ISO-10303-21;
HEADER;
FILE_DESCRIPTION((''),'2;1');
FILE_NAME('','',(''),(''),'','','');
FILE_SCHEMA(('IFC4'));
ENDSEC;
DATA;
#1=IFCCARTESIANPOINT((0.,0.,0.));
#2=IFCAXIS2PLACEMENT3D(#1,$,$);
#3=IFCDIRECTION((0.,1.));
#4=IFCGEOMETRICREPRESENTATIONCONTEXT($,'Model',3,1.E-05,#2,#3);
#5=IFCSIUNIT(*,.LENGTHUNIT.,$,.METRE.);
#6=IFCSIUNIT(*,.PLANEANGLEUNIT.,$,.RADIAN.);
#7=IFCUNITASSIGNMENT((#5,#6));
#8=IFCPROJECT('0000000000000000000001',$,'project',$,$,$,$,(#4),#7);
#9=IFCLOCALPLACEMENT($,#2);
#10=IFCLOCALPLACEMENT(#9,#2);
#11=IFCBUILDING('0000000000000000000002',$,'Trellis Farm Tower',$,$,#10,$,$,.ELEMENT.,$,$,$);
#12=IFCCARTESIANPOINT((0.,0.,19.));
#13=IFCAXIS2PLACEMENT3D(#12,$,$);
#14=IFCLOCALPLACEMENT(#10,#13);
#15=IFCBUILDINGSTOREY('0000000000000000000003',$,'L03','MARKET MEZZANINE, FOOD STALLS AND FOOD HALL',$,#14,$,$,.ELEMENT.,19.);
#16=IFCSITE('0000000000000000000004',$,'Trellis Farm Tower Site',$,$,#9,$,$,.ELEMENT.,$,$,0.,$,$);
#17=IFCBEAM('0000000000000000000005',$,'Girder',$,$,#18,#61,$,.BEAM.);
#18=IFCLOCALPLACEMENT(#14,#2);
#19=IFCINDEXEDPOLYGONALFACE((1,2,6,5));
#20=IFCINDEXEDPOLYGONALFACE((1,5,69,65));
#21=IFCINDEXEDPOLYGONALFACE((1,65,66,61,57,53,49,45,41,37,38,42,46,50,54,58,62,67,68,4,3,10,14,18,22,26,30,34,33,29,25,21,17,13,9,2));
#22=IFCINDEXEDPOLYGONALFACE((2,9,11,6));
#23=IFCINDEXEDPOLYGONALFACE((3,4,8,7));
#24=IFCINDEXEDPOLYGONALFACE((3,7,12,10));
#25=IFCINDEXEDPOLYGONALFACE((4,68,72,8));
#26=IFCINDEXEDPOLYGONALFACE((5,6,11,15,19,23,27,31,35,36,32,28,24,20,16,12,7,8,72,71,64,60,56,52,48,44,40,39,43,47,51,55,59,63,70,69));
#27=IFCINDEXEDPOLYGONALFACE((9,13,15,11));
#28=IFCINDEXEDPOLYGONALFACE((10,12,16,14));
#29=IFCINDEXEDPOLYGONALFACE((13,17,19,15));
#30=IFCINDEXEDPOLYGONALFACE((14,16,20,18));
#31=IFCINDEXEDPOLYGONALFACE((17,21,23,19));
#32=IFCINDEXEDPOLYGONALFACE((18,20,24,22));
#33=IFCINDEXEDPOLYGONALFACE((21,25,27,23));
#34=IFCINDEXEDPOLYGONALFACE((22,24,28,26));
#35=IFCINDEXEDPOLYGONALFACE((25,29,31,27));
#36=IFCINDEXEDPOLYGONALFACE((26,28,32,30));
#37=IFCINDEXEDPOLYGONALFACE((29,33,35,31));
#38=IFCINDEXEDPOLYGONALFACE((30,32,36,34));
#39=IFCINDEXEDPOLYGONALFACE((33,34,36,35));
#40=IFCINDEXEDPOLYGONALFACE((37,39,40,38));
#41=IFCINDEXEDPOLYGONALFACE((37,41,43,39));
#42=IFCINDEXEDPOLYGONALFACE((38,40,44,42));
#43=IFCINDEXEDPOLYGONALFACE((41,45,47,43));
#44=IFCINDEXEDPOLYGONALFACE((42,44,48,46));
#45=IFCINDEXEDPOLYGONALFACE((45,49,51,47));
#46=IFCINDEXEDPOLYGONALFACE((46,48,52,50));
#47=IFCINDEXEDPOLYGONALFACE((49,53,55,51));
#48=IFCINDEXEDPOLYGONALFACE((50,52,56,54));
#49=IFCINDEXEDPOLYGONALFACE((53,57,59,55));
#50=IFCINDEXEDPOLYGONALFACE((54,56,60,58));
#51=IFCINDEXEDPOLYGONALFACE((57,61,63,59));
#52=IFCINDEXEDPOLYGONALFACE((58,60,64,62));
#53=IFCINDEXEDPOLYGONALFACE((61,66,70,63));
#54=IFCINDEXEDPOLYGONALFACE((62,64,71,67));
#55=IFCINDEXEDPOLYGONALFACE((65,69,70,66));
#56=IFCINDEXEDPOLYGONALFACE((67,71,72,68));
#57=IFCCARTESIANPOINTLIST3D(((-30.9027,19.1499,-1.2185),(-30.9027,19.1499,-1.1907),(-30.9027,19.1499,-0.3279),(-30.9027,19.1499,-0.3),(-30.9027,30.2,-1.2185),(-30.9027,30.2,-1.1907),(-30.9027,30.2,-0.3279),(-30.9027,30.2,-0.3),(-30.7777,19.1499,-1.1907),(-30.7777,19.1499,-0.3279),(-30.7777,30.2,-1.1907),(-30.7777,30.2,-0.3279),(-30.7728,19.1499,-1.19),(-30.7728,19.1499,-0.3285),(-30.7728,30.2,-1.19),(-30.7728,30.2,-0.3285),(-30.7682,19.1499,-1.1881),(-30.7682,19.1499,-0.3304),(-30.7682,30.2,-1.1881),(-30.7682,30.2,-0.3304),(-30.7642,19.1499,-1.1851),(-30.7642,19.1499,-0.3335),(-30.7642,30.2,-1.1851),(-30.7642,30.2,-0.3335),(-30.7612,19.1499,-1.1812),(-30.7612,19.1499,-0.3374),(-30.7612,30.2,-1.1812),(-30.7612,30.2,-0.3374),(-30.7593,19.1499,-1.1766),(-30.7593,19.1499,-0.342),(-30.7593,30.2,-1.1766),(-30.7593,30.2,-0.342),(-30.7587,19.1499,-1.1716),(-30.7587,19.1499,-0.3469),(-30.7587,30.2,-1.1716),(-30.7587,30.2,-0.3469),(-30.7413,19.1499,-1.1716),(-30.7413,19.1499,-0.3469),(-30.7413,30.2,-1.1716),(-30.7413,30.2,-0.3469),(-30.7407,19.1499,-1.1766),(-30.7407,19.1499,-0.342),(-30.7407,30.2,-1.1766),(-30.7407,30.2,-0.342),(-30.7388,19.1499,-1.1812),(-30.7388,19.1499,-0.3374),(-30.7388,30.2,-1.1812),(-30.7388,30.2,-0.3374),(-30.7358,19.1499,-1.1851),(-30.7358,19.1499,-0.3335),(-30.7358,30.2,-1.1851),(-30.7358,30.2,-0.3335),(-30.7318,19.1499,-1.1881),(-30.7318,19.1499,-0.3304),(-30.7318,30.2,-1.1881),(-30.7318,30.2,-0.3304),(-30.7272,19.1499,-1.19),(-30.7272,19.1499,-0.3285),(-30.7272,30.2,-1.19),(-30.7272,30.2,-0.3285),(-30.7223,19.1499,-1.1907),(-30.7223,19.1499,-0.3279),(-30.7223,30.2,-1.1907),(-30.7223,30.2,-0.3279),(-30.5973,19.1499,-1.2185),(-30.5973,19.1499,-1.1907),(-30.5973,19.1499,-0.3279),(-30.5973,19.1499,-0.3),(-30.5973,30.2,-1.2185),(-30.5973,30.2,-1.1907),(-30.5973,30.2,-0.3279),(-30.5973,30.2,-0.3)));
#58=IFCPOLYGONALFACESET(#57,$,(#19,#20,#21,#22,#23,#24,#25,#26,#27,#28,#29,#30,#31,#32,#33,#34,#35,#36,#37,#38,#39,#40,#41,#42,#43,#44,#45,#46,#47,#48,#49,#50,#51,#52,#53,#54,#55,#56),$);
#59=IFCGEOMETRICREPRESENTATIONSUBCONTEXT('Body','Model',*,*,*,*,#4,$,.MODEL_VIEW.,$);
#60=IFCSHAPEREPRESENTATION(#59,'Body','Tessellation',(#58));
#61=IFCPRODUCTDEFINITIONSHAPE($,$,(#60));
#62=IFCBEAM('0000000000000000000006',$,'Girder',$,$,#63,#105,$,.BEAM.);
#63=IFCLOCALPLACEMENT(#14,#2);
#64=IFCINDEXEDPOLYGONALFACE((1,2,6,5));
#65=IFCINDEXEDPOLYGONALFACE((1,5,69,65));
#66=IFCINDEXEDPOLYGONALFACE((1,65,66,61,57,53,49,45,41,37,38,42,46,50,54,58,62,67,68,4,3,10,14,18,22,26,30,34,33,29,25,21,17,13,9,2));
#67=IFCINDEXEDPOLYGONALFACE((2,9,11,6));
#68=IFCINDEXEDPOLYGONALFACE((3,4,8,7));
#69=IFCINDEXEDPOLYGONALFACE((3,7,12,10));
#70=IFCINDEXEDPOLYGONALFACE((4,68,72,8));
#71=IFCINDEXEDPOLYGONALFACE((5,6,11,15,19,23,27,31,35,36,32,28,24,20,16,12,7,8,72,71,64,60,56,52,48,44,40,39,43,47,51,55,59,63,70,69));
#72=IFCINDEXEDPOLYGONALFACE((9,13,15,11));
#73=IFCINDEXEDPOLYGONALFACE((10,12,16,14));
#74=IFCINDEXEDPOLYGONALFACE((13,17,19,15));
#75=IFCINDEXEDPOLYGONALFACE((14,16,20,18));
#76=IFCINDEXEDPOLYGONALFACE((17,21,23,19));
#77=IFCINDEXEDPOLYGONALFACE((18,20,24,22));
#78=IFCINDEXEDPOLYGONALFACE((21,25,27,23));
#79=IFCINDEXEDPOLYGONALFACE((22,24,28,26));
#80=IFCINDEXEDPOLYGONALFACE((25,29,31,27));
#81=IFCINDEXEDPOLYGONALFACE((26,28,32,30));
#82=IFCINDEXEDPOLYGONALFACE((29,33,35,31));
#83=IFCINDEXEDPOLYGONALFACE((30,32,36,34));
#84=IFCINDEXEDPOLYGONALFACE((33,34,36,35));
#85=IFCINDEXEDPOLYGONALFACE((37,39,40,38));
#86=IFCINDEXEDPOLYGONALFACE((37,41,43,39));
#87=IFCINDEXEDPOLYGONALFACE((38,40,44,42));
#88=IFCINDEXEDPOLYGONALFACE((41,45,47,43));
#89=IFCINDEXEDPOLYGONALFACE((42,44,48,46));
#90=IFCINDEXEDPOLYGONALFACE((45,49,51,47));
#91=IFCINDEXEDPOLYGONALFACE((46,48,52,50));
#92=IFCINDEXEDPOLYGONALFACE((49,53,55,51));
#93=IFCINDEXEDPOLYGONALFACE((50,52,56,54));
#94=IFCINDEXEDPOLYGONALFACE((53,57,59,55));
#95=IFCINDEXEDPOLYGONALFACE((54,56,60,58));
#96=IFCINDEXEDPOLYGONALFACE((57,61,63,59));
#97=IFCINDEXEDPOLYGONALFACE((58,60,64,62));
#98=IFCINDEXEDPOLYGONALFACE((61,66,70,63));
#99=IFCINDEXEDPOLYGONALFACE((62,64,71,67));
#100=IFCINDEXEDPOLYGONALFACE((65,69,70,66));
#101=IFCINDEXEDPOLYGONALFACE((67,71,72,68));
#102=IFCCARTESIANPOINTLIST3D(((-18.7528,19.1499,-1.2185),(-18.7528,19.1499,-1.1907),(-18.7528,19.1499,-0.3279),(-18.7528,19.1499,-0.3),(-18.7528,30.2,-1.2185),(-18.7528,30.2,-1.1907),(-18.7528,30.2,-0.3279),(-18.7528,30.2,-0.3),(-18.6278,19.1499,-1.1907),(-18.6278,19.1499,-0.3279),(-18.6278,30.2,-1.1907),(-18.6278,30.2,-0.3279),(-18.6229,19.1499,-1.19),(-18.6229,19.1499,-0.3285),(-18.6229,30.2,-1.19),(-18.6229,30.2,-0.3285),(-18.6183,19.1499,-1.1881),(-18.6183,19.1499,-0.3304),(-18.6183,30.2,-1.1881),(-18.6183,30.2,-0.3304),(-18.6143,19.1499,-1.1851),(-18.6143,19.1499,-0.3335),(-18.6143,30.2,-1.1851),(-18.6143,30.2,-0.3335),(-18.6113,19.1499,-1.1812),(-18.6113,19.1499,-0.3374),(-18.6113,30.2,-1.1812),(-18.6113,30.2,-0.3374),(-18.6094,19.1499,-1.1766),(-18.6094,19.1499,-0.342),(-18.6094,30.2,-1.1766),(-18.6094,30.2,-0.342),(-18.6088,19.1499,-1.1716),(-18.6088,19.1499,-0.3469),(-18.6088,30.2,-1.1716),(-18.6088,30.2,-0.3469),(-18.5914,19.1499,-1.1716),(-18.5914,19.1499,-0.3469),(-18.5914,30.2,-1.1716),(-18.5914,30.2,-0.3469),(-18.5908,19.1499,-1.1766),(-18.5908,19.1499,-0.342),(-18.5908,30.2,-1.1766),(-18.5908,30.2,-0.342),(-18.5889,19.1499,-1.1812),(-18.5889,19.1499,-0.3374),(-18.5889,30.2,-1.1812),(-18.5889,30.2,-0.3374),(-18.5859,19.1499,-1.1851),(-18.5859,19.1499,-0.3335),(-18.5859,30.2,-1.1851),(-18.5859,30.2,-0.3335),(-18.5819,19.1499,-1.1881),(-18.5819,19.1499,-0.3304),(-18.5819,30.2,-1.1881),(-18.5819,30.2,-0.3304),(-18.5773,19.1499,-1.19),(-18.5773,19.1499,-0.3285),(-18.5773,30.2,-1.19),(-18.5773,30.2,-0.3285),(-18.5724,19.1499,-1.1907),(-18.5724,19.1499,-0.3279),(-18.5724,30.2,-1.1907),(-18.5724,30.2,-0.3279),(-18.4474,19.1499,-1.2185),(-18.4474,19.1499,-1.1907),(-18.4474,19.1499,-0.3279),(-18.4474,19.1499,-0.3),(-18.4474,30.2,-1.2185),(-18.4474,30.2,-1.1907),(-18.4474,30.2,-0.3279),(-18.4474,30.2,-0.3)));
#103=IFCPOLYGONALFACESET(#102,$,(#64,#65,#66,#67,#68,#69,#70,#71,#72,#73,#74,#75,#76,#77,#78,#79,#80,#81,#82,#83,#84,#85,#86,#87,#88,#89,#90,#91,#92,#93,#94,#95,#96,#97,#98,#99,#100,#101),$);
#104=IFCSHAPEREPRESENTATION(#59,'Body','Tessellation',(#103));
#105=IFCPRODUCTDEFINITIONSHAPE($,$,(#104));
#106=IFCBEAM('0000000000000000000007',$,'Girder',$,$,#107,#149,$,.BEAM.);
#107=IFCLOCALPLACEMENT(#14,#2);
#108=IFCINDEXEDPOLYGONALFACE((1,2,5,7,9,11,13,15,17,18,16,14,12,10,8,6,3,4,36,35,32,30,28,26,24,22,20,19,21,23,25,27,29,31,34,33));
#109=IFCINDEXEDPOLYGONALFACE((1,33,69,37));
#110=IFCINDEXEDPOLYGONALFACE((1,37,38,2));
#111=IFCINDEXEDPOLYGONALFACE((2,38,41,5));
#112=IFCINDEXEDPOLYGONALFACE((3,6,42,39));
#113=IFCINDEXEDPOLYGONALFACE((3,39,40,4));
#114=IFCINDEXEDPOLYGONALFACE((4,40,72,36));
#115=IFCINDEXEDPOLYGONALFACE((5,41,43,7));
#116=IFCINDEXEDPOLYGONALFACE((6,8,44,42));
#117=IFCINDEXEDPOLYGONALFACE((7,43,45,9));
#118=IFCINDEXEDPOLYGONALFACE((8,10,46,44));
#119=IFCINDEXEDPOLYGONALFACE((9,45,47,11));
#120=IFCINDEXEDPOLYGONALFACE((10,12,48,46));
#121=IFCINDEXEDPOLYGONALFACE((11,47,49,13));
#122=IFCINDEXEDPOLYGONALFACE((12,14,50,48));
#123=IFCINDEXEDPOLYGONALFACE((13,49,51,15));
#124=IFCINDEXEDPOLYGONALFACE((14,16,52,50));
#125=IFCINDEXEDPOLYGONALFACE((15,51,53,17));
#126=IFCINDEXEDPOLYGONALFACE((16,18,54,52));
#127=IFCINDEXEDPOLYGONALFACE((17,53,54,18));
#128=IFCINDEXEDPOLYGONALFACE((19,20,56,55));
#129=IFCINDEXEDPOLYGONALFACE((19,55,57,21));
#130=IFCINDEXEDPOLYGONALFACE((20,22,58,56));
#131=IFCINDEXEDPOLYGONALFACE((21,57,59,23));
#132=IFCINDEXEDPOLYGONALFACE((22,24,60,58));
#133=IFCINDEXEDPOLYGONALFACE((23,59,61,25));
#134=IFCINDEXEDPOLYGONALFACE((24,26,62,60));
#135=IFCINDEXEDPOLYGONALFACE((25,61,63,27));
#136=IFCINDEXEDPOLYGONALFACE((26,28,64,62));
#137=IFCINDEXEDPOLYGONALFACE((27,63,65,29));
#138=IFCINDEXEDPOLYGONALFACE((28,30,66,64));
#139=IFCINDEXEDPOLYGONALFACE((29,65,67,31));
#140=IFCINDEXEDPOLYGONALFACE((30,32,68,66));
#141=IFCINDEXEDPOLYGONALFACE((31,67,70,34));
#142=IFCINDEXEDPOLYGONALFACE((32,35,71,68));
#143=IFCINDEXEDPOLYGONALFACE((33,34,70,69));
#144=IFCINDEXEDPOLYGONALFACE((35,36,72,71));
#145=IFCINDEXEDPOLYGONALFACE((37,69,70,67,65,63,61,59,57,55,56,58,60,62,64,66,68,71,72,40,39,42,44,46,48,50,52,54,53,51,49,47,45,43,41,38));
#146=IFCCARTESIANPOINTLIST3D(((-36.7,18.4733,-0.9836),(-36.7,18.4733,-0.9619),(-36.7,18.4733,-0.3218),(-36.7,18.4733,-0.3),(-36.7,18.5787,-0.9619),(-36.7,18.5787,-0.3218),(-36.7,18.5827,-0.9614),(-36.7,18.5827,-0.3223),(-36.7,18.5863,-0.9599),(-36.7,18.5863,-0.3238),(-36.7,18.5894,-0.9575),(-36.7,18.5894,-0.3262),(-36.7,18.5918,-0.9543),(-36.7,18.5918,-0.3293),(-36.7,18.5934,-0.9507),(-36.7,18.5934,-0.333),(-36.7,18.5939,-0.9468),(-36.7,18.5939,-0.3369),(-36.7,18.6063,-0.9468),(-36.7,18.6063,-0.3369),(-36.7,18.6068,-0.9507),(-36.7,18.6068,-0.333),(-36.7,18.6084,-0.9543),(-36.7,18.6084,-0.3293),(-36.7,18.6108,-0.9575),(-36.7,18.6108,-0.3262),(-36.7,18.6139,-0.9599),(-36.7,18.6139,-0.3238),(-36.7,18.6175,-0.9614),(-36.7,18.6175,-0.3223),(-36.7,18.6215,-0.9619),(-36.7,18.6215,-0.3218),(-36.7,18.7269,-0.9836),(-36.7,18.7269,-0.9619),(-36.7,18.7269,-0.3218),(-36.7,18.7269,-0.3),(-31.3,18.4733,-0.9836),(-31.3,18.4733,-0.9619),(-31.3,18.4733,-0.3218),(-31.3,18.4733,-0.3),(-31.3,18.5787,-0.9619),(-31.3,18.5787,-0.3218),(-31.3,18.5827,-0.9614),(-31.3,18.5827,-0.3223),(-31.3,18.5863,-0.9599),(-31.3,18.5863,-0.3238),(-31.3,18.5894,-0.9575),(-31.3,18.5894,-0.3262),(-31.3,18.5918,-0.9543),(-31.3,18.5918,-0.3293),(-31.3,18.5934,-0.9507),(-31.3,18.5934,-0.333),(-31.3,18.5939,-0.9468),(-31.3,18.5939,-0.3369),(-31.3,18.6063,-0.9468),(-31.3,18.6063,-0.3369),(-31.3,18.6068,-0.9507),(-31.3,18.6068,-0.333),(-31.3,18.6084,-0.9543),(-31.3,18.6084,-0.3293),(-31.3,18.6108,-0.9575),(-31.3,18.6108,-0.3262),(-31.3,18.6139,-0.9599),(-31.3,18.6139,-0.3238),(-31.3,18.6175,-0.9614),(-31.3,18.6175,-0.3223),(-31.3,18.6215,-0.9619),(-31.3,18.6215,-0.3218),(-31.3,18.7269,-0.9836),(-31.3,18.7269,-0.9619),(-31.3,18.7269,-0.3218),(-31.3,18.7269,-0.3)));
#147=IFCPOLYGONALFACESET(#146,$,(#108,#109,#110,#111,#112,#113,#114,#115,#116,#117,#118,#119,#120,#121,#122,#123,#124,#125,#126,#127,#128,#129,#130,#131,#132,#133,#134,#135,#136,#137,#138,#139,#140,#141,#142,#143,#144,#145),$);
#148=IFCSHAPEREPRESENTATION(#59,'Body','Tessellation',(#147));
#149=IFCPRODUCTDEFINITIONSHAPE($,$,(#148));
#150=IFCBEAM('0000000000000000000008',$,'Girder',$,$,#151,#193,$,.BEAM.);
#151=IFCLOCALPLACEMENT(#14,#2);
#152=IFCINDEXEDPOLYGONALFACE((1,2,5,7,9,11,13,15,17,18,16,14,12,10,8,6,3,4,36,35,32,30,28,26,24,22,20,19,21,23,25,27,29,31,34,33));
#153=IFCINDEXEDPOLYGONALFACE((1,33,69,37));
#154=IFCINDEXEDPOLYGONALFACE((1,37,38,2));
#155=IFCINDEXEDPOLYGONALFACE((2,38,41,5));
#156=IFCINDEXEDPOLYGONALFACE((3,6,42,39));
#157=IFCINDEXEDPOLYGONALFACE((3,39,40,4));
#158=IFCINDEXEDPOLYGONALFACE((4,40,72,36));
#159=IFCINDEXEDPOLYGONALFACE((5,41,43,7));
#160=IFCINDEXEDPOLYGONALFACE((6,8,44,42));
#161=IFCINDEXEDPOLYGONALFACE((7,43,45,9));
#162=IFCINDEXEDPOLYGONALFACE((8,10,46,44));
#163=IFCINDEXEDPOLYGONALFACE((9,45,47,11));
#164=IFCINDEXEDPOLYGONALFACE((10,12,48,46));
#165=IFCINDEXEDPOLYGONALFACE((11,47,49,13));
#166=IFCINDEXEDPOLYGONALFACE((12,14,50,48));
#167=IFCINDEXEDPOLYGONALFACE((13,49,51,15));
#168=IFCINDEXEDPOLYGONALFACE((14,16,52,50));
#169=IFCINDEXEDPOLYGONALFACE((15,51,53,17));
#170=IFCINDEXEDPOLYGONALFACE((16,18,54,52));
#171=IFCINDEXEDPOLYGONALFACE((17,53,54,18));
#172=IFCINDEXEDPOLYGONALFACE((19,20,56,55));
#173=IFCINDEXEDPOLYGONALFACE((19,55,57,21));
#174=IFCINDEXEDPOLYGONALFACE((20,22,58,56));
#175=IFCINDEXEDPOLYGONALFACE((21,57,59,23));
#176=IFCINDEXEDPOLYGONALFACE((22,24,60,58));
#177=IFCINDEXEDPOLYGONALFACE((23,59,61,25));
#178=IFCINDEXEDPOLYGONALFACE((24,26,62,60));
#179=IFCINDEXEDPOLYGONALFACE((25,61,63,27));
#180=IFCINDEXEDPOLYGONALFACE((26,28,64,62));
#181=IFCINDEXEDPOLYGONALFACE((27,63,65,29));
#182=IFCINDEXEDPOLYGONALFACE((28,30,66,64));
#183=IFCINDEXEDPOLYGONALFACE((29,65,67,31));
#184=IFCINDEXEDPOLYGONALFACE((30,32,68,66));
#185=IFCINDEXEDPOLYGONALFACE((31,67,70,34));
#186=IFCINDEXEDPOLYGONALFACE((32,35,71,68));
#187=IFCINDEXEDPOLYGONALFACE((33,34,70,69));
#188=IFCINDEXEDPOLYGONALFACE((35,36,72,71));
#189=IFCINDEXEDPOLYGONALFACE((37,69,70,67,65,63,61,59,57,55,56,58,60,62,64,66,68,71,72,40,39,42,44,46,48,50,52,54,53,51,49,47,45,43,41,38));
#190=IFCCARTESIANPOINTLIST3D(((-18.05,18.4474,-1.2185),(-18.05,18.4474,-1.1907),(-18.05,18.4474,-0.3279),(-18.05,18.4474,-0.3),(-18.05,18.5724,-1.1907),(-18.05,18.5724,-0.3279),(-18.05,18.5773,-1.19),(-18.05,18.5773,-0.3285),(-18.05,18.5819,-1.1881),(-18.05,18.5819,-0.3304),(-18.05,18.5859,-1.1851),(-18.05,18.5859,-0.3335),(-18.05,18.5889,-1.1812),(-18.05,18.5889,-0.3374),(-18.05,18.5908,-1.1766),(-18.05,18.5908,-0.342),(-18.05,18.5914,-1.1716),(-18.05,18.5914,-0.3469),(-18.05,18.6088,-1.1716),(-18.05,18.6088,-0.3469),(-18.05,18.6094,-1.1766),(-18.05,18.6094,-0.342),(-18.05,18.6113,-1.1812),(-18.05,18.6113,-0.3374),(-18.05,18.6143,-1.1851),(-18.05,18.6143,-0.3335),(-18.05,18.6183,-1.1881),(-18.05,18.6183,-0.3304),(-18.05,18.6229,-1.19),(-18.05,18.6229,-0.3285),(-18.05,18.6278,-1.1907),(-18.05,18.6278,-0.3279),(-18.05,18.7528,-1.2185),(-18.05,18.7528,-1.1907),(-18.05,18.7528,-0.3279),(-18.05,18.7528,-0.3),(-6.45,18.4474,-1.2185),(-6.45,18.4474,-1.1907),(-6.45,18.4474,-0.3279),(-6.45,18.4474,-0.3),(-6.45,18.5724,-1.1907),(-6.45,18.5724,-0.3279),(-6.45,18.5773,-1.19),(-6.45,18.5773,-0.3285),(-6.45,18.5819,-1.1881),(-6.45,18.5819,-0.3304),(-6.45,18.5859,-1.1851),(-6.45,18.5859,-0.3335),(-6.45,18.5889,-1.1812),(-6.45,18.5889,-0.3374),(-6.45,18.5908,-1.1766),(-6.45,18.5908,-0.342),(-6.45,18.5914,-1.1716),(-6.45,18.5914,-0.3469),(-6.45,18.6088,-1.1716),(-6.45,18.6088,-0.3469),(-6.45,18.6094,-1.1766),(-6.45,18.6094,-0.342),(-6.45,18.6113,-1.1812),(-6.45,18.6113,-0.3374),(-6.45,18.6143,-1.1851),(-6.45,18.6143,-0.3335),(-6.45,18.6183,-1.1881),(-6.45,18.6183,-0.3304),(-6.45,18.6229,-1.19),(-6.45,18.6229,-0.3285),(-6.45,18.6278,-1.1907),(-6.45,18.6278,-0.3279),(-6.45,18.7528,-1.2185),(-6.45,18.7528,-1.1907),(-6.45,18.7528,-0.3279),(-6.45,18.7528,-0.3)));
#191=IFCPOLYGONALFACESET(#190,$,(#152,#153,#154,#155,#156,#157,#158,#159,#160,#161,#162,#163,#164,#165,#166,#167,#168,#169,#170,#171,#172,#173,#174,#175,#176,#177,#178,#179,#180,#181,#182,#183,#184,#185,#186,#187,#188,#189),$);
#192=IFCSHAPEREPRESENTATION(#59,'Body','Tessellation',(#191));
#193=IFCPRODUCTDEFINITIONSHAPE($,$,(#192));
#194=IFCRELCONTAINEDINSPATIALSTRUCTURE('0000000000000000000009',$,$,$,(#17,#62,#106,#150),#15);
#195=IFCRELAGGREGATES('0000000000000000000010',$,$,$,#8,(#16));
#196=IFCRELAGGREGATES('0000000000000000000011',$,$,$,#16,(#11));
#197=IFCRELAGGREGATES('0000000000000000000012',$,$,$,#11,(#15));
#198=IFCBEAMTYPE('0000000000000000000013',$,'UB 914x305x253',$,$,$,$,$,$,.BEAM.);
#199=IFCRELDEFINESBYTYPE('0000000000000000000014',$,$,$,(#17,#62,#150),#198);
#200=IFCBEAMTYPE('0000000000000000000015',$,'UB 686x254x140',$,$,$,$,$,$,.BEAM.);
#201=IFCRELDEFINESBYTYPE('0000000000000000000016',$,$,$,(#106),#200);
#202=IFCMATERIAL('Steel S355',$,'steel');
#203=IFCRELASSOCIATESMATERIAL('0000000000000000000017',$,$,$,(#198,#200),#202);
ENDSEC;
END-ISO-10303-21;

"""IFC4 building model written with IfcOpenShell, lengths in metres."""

from ifc_helpers import new_model, si_unit, direction, frame, origin, origin_2d, place, context, subcontext, project, spatial, i_section, extrude, source, transform, mapped, material, material_profile, profile_set, type_object, element, save


model = new_model("IFC4")

# Units and contexts
model_context = context("Model", 3, precision=1e-05, world=origin(), true_north=direction((0.0, 1.0)))
body_context = subcontext(model_context, "Body", "Model", "MODEL_VIEW")
ifc_project = project(units=[si_unit("LENGTHUNIT", "METRE"), si_unit("PLANEANGLEUNIT", "RADIAN")], contexts=[model_context])

# Site, building, storey
site_placement = place(None, origin())
site = spatial("IfcSite", under=ifc_project, at=site_placement, Name="Trellis Farm Tower Site", CompositionType="ELEMENT", RefElevation=0.0)
building_placement = place(site_placement, origin())
building = spatial("IfcBuilding", under=site, at=building_placement, Name="Trellis Farm Tower", CompositionType="ELEMENT")
storey_placement = place(building_placement, frame((0.0, 0.0, 19.0)))
storey = spatial("IfcBuildingStorey", under=building, at=storey_placement, Name="L03", Description="MARKET MEZZANINE, FOOD STALLS AND FOOD HALL", CompositionType="ELEMENT", Elevation=19.0)

# Beams
ifc_material_1 = material(Name="Steel S355", Category="steel")
ifc_material_profile_1 = material_profile(ifc_material_1, i_section(OverallWidth=0.3054, OverallDepth=0.9185, WebThickness=0.0173, FlangeThickness=0.0278, FilletRadius=0.019, at=origin_2d()), Name="UB 914x305x253")
ifc_profile_set_1 = profile_set([ifc_material_profile_1], Name="Steel S355")
beam_type_1 = type_object("IfcBeamType", Name="UB 914x305x253", PredefinedType="BEAM", material=ifc_profile_set_1)
shared_shape_1 = source(origin(), body_context, "Body", "SweptSolid", [
    extrude(i_section(OverallWidth=0.3054, OverallDepth=0.9185, WebThickness=0.0173, FlangeThickness=0.0278, FilletRadius=0.019, at=origin_2d()), origin(), (0.0, 0.0, 1.0), 11.05),
])
for number, where, z_axis, x_axis, name in (
    (1, (-30.75, 19.1499, -0.7593), (0.0, 1.0, 0.0), (-1.0, 0.0, 0.0), "Girder"),
    (2, (-18.6001, 19.1499, -0.7593), (0.0, 1.0, 0.0), (-1.0, 0.0, 0.0), "Girder"),
):
    element("IfcBeam", number, at=place(storey_placement, frame(where, z_axis=z_axis, x_axis=x_axis)), inside=storey, type_object=beam_type_1, Name=name, PredefinedType="BEAM", context=body_context, shape_type="MappedRepresentation", body=[
        mapped(shared_shape_1, transform((0.0, 0.0, 0.0))),
    ])
ifc_material_profile_2 = material_profile(ifc_material_1, i_section(OverallWidth=0.2537, OverallDepth=0.6836, WebThickness=0.0125, FlangeThickness=0.0217, FilletRadius=0.0151, at=origin_2d()), Name="UB 686x254x140")
ifc_profile_set_2 = profile_set([ifc_material_profile_2], Name="Steel S355")
beam_type_2 = type_object("IfcBeamType", Name="UB 686x254x140", PredefinedType="BEAM", material=ifc_profile_set_2)
shared_shape_2 = source(origin(), body_context, "Body", "SweptSolid", [
    extrude(i_section(OverallWidth=0.2537, OverallDepth=0.6836, WebThickness=0.0125, FlangeThickness=0.0217, FilletRadius=0.0151, at=origin_2d()), origin(), (0.0, 0.0, 1.0), 5.3999),
])
beam_1_placement = place(storey_placement, frame((-36.7, 18.6001, -0.6418), z_axis=(1.0, 0.0, 0.0), x_axis=(0.0, 1.0, 0.0)))
element("IfcBeam", 3, at=beam_1_placement, inside=storey, type_object=beam_type_2, Name="Girder", PredefinedType="BEAM", context=body_context, shape_type="MappedRepresentation", body=[
    mapped(shared_shape_2, transform((0.0, 0.0, 0.0))),
])
shared_shape_3 = source(origin(), body_context, "Body", "SweptSolid", [
    extrude(i_section(OverallWidth=0.3054, OverallDepth=0.9185, WebThickness=0.0173, FlangeThickness=0.0278, FilletRadius=0.019, at=origin_2d()), origin(), (0.0, 0.0, 1.0), 11.6001),
])
beam_2_placement = place(storey_placement, frame((-18.05, 18.6001, -0.7593), z_axis=(1.0, 0.0, 0.0), x_axis=(0.0, 1.0, 0.0)))
element("IfcBeam", 4, at=beam_2_placement, inside=storey, type_object=beam_type_1, Name="Girder", PredefinedType="BEAM", context=body_context, shape_type="MappedRepresentation", body=[
    mapped(shared_shape_3, transform((0.0, 0.0, 0.0))),
])

save(model, "model.ifc")
